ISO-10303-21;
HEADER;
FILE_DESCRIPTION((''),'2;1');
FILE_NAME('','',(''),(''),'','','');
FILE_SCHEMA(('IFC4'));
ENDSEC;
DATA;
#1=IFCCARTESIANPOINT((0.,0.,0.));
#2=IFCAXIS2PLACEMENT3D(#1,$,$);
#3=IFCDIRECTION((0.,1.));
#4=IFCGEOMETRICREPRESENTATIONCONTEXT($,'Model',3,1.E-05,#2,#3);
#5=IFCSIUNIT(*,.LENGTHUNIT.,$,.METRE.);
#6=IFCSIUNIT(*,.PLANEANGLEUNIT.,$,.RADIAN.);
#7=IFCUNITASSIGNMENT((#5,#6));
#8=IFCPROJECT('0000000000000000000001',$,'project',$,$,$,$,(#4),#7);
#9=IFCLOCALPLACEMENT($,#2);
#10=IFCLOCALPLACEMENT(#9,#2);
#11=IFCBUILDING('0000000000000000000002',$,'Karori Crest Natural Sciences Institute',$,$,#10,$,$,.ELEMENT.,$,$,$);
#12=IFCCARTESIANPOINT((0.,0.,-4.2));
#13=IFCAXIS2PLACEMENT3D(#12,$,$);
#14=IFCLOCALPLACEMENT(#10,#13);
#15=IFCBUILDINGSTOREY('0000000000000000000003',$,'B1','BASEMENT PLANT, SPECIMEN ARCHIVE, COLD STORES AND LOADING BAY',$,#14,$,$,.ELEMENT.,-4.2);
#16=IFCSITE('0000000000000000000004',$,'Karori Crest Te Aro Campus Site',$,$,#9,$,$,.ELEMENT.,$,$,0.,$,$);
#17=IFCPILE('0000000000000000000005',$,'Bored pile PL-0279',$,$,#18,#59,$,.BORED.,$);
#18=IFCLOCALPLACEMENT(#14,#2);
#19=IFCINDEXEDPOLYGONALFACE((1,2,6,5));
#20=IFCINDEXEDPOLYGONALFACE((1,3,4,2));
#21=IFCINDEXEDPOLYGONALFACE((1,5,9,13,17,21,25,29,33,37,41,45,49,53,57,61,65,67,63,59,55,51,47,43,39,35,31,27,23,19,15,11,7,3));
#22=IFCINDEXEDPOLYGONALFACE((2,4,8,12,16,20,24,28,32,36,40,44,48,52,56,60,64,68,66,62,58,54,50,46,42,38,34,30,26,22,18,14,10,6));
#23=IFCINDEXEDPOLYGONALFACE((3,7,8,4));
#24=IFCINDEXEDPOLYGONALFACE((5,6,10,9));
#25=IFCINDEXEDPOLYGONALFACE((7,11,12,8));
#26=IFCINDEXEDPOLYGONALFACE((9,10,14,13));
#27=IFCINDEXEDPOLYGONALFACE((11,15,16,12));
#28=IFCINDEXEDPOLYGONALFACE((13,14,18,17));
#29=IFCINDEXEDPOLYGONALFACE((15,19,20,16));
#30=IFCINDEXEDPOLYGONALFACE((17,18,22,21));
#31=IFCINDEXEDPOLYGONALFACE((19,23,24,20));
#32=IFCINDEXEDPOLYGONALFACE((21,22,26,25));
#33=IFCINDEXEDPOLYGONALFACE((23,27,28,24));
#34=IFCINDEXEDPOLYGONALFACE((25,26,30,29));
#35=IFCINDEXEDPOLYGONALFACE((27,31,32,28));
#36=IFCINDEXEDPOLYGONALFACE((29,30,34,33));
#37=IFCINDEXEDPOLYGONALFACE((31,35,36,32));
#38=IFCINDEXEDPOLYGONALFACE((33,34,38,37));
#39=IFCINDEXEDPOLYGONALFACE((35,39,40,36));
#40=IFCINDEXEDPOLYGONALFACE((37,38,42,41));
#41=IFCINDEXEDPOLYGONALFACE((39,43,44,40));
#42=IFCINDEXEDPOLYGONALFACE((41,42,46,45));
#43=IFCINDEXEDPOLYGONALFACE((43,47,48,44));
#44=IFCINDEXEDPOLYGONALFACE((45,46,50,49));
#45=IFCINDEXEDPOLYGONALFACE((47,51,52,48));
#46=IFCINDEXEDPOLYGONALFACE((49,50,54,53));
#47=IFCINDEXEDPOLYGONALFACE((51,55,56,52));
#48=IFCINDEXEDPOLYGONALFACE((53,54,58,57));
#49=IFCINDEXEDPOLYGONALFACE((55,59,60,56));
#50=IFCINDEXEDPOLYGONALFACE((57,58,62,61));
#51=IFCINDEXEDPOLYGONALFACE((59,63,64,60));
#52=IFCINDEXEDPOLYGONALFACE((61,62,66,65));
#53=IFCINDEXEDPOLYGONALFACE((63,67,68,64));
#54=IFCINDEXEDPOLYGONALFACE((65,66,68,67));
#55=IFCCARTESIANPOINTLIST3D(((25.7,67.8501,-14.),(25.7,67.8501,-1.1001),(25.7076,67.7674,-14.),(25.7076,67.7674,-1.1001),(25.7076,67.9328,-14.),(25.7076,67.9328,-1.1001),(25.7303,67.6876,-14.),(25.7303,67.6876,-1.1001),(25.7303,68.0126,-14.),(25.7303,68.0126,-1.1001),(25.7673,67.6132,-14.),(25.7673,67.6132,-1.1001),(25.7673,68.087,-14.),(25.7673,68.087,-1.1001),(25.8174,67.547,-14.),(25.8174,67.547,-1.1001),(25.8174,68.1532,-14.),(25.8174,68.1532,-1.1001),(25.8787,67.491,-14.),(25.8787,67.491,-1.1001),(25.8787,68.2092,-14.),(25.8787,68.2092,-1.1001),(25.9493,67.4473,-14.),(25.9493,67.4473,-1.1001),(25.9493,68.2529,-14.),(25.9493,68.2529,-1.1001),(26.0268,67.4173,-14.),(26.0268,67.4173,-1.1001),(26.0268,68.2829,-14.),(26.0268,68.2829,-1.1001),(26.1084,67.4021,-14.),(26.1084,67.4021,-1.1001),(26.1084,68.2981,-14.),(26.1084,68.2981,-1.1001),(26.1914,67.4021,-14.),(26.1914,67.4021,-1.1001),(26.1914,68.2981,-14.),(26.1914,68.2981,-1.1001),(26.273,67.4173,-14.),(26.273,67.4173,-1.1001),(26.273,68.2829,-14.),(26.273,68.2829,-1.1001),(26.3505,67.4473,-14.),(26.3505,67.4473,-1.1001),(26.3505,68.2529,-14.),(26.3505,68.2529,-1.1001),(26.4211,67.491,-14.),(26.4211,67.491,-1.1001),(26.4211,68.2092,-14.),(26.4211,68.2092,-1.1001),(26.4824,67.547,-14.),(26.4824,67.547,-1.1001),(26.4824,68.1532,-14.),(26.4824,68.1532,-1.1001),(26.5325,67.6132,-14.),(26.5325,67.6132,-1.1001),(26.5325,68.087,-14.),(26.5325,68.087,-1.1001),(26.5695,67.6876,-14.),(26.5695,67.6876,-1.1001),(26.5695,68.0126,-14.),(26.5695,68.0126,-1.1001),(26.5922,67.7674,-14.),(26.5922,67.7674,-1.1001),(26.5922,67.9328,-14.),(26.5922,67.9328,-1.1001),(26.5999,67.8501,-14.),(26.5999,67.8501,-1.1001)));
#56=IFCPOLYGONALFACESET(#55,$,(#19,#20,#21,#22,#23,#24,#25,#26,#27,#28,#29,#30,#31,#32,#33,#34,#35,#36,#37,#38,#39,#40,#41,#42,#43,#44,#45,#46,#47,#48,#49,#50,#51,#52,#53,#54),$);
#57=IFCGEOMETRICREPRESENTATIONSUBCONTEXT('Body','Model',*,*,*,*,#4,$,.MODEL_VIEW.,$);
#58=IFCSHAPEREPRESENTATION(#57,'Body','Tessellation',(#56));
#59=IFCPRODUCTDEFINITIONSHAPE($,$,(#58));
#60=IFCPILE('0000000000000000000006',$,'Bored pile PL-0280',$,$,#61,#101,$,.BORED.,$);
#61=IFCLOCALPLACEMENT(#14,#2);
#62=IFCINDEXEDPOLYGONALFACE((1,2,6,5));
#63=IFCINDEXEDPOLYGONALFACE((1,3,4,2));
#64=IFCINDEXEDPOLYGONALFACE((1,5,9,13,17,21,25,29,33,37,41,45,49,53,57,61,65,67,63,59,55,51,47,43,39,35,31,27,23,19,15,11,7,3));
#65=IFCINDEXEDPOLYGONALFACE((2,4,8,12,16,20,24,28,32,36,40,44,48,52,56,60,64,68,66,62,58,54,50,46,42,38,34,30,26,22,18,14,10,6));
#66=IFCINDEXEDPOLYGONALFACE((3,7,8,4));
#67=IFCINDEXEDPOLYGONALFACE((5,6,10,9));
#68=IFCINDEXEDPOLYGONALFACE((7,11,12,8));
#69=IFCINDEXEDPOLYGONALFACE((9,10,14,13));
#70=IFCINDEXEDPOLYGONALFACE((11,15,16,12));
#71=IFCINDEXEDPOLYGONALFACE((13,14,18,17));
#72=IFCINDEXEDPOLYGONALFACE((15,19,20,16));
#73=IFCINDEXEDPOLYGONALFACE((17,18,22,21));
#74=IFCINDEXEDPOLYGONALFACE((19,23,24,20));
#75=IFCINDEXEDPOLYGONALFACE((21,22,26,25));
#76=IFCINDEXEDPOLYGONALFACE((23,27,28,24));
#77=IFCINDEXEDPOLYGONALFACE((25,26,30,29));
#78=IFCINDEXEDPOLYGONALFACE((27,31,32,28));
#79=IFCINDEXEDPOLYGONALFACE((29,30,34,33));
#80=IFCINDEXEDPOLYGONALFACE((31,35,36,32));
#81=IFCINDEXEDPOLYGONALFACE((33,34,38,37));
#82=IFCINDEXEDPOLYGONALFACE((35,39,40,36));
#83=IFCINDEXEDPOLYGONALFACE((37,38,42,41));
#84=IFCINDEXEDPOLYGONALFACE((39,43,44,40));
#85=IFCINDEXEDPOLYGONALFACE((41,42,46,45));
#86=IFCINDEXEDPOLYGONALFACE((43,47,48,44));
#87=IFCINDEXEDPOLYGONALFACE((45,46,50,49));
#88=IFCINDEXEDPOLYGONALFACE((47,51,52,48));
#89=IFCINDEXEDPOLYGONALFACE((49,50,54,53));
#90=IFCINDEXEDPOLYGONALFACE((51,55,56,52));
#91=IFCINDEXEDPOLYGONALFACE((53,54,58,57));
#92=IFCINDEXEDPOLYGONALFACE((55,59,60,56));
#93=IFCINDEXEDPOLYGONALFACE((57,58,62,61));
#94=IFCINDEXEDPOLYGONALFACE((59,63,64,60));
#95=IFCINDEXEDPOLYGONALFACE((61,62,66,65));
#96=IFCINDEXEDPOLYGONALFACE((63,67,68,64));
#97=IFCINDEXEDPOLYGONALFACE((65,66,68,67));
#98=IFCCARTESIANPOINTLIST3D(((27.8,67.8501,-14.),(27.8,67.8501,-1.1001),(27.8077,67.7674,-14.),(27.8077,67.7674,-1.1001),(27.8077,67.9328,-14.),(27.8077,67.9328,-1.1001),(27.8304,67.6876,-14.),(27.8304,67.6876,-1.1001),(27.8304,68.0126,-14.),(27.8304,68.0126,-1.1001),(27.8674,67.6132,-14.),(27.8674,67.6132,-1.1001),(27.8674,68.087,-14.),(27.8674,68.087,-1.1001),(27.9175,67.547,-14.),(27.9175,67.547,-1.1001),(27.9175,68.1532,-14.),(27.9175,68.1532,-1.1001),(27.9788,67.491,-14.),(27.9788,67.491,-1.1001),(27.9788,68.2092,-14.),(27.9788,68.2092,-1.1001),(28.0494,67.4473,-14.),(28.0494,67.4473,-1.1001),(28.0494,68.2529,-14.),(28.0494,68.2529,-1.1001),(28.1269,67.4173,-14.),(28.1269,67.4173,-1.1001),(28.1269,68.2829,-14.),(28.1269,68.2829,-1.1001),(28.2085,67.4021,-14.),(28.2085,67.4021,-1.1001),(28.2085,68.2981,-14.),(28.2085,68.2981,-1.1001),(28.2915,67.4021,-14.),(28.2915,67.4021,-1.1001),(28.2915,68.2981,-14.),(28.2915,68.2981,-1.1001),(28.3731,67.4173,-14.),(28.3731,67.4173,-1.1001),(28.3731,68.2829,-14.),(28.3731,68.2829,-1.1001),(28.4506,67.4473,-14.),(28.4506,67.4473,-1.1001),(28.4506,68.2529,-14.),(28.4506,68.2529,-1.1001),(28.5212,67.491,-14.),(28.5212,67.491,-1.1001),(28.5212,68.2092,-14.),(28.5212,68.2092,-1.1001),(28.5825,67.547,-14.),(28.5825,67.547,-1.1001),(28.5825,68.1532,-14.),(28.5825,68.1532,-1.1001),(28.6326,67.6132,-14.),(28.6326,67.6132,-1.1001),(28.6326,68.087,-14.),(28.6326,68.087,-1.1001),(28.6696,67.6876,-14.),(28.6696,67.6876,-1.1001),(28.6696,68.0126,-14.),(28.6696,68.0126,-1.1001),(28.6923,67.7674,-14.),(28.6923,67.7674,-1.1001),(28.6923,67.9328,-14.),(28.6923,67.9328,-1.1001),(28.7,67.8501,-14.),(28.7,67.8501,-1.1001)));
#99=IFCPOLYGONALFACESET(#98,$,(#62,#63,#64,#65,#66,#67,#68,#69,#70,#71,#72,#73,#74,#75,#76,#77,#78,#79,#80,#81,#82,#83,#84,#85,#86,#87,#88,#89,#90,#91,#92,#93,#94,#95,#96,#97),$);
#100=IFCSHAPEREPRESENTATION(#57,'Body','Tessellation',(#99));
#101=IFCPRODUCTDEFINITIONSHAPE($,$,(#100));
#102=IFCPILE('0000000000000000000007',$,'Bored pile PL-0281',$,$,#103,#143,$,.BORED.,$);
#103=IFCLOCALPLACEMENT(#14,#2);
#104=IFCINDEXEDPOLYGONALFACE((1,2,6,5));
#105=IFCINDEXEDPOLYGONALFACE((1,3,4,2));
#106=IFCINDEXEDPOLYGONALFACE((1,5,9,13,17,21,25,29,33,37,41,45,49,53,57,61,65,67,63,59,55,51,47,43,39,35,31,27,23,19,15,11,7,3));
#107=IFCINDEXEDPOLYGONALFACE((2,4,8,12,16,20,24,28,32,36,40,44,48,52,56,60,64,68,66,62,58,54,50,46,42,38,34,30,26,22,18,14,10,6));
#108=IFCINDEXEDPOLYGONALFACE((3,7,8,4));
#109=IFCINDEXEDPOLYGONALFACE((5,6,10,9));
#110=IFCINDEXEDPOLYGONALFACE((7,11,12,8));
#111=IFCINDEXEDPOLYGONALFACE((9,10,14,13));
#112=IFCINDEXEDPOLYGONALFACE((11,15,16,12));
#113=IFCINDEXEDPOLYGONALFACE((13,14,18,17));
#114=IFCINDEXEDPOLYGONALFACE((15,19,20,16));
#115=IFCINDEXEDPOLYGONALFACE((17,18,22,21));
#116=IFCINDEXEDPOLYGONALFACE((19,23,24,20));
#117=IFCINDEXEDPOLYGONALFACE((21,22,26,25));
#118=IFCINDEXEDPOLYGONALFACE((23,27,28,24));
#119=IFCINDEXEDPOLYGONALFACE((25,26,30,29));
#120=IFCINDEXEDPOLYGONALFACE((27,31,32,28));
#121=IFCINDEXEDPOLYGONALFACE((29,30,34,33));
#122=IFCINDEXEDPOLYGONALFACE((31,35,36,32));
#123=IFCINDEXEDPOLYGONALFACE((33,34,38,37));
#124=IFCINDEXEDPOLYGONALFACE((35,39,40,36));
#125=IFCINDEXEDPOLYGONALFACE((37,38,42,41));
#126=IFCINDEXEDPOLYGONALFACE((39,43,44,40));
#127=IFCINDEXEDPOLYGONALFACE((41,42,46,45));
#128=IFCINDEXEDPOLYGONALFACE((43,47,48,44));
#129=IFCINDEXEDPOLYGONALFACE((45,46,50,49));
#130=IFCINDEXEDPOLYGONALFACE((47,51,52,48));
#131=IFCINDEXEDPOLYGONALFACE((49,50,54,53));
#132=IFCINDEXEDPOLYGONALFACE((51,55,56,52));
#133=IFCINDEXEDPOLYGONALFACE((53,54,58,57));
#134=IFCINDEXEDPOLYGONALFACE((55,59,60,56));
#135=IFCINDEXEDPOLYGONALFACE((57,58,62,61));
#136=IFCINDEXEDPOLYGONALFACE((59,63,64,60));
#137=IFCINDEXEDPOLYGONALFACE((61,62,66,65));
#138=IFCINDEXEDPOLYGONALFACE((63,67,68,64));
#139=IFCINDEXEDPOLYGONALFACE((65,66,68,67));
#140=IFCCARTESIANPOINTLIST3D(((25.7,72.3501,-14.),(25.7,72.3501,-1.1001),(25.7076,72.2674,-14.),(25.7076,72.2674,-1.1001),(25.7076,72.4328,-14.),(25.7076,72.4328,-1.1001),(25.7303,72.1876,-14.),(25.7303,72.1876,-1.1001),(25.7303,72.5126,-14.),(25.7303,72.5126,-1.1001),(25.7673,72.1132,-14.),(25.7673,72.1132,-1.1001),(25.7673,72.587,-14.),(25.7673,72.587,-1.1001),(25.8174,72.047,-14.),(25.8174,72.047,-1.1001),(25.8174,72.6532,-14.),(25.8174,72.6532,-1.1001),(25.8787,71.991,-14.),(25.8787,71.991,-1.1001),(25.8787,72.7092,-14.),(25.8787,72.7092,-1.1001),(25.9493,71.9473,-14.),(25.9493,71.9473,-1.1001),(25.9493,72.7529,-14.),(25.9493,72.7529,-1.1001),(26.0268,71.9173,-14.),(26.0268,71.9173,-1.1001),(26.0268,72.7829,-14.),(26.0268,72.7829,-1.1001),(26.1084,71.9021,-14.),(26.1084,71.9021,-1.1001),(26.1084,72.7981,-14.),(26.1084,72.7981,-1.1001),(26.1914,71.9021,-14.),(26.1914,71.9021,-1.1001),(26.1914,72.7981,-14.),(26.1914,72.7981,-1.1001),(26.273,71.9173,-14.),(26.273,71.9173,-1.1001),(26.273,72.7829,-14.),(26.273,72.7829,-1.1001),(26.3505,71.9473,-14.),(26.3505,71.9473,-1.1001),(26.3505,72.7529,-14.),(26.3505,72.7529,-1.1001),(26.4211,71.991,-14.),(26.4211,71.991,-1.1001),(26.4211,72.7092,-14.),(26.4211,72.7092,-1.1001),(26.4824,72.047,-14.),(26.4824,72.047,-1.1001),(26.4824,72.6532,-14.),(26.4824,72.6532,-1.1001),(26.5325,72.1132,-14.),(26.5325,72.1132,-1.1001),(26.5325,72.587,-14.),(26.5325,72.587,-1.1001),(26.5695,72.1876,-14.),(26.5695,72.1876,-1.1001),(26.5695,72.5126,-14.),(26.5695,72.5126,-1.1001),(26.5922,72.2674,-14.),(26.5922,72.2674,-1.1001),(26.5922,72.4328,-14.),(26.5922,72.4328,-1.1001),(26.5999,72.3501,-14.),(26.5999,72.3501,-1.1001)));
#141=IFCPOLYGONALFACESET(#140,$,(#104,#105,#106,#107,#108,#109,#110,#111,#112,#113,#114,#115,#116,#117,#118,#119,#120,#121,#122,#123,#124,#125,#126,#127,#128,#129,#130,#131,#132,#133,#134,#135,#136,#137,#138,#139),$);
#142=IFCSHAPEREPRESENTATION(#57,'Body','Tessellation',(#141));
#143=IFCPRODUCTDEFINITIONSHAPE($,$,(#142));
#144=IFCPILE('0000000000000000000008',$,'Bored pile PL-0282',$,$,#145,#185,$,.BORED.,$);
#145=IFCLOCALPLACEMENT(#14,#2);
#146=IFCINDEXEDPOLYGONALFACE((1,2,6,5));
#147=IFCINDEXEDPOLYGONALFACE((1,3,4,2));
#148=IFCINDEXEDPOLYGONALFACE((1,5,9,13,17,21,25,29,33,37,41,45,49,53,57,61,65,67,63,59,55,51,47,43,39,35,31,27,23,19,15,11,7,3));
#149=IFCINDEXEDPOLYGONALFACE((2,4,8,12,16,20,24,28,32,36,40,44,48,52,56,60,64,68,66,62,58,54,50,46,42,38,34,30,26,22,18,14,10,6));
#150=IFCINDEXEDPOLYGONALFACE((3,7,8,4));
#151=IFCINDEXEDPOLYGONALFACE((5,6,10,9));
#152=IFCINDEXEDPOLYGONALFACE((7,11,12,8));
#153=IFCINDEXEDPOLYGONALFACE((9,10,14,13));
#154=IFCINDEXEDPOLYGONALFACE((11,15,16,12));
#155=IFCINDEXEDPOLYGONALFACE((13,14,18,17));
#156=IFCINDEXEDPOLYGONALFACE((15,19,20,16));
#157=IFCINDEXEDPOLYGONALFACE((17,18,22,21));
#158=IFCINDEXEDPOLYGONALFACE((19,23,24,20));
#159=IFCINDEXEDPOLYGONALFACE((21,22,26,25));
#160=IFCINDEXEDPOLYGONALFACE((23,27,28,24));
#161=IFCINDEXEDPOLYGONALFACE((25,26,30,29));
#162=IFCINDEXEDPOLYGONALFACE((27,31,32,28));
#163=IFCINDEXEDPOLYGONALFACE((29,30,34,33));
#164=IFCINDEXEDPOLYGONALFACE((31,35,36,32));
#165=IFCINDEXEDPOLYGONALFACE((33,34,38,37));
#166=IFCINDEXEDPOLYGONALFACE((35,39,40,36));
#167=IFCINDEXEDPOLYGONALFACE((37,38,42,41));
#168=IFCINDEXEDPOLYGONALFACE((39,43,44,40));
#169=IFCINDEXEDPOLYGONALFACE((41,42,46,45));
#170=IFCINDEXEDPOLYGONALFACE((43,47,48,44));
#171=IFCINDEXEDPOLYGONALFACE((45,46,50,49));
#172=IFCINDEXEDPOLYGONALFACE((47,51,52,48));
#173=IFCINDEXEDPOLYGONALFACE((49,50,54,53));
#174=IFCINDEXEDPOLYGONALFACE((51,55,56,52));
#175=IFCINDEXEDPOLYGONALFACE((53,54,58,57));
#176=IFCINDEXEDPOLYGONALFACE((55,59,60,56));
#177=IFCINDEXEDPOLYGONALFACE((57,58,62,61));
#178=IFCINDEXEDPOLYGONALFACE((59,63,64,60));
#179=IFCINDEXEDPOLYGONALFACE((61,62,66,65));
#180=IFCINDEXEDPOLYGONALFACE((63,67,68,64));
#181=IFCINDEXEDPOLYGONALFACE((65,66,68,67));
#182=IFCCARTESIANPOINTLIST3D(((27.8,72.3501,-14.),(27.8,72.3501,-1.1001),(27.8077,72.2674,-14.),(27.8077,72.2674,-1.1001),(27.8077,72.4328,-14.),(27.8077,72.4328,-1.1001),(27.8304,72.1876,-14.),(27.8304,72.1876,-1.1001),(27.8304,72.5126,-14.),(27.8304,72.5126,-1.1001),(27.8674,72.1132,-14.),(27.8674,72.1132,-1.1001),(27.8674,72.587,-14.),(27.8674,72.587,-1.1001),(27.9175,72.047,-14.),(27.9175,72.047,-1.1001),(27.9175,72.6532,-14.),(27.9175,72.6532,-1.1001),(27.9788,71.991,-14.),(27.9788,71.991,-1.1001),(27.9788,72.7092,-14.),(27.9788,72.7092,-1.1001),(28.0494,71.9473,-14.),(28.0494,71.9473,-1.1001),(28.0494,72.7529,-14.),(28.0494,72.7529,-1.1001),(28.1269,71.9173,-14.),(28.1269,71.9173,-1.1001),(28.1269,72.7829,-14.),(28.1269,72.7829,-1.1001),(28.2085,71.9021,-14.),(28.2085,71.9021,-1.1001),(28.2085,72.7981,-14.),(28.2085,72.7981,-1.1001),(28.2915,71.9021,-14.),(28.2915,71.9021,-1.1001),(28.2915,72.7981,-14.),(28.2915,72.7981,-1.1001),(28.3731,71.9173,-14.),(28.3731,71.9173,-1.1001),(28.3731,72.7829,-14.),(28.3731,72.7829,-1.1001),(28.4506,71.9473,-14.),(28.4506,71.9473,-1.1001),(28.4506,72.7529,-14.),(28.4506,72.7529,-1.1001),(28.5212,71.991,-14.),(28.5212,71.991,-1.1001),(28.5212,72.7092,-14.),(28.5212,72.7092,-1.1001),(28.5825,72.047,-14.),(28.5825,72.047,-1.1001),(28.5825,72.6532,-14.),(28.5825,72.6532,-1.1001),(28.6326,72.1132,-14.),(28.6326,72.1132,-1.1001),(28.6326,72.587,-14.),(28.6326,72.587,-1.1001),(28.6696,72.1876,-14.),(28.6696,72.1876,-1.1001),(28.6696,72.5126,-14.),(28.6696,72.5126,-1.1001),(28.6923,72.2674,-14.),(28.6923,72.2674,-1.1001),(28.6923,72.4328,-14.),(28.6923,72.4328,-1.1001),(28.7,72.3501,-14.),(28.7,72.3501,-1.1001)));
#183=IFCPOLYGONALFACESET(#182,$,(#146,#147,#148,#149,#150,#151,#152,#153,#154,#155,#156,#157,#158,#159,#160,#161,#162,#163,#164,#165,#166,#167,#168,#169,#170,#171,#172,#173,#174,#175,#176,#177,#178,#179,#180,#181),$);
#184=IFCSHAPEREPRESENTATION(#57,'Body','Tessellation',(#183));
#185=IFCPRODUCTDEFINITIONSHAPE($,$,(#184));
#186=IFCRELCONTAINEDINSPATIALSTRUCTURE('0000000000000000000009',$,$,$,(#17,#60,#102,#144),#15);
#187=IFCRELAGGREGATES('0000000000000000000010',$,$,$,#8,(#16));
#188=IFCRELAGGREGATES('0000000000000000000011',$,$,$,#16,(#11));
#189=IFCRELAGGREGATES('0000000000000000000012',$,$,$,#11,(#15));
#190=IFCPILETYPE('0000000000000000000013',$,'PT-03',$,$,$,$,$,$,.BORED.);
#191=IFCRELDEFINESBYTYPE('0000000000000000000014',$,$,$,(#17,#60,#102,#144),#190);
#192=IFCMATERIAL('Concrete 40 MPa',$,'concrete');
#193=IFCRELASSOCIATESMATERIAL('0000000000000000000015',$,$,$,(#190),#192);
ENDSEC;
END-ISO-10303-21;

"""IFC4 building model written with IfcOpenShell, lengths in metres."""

from ifc_helpers import new_model, si_unit, direction, frame, origin, origin_2d, place, context, subcontext, project, spatial, circle, extrude, material, material_profile, profile_set, type_object, element, save


model = new_model("IFC4")

# Units and contexts
model_context = context("Model", 3, precision=1e-05, world=origin(), true_north=direction((0.0, 1.0)))
body_context = subcontext(model_context, "Body", "Model", "MODEL_VIEW")
ifc_project = project(units=[si_unit("LENGTHUNIT", "METRE"), si_unit("PLANEANGLEUNIT", "RADIAN")], contexts=[model_context])

# Site, building, storey
site_placement = place(None, origin())
site = spatial("IfcSite", under=ifc_project, at=site_placement, Name="Karori Crest Te Aro Campus Site", CompositionType="ELEMENT", RefElevation=0.0)
building_placement = place(site_placement, origin())
building = spatial("IfcBuilding", under=site, at=building_placement, Name="Karori Crest Natural Sciences Institute", CompositionType="ELEMENT")
storey_placement = place(building_placement, frame((0.0, 0.0, -4.2)))
storey = spatial("IfcBuildingStorey", under=building, at=storey_placement, Name="B1", Description="BASEMENT PLANT, SPECIMEN ARCHIVE, COLD STORES AND LOADING BAY", CompositionType="ELEMENT", Elevation=-4.2)

# Shared definitions
ifc_material_1 = material(Name="Concrete 40 MPa", Category="concrete")

# Piles
ifc_material_profile_1 = material_profile(ifc_material_1, circle(Radius=0.45, at=origin_2d()), Name="PILE900")
ifc_profile_set_1 = profile_set([ifc_material_profile_1], Name="Concrete 40 MPa")
pile_type_1 = type_object("IfcPileType", Name="PT-03", PredefinedType="BORED", material=ifc_profile_set_1)
for number, where, z_axis, x_axis, name in (
    (1, (26.1499, 67.8501, -1.1001), (0.0, 0.0, -1.0), (1.0, 0.0, 0.0), "Bored pile PL-0279"),
    (2, (28.25, 67.8501, -1.1001), (0.0, 0.0, -1.0), (1.0, 0.0, 0.0), "Bored pile PL-0280"),
    (3, (26.1499, 72.3501, -1.1001), (0.0, 0.0, -1.0), (1.0, 0.0, 0.0), "Bored pile PL-0281"),
    (4, (28.25, 72.3501, -1.1001), (0.0, 0.0, -1.0), (1.0, 0.0, 0.0), "Bored pile PL-0282"),
):
    element("IfcPile", number, at=place(storey_placement, frame(where, z_axis=z_axis, x_axis=x_axis)), inside=storey, type_object=pile_type_1, Name=name, PredefinedType="BORED", context=body_context, shape_type="SweptSolid", body=[
        extrude(circle(Radius=0.45, at=origin_2d()), origin(), (0.0, 0.0, 1.0), 12.8999),
    ])

save(model, "model.ifc")
